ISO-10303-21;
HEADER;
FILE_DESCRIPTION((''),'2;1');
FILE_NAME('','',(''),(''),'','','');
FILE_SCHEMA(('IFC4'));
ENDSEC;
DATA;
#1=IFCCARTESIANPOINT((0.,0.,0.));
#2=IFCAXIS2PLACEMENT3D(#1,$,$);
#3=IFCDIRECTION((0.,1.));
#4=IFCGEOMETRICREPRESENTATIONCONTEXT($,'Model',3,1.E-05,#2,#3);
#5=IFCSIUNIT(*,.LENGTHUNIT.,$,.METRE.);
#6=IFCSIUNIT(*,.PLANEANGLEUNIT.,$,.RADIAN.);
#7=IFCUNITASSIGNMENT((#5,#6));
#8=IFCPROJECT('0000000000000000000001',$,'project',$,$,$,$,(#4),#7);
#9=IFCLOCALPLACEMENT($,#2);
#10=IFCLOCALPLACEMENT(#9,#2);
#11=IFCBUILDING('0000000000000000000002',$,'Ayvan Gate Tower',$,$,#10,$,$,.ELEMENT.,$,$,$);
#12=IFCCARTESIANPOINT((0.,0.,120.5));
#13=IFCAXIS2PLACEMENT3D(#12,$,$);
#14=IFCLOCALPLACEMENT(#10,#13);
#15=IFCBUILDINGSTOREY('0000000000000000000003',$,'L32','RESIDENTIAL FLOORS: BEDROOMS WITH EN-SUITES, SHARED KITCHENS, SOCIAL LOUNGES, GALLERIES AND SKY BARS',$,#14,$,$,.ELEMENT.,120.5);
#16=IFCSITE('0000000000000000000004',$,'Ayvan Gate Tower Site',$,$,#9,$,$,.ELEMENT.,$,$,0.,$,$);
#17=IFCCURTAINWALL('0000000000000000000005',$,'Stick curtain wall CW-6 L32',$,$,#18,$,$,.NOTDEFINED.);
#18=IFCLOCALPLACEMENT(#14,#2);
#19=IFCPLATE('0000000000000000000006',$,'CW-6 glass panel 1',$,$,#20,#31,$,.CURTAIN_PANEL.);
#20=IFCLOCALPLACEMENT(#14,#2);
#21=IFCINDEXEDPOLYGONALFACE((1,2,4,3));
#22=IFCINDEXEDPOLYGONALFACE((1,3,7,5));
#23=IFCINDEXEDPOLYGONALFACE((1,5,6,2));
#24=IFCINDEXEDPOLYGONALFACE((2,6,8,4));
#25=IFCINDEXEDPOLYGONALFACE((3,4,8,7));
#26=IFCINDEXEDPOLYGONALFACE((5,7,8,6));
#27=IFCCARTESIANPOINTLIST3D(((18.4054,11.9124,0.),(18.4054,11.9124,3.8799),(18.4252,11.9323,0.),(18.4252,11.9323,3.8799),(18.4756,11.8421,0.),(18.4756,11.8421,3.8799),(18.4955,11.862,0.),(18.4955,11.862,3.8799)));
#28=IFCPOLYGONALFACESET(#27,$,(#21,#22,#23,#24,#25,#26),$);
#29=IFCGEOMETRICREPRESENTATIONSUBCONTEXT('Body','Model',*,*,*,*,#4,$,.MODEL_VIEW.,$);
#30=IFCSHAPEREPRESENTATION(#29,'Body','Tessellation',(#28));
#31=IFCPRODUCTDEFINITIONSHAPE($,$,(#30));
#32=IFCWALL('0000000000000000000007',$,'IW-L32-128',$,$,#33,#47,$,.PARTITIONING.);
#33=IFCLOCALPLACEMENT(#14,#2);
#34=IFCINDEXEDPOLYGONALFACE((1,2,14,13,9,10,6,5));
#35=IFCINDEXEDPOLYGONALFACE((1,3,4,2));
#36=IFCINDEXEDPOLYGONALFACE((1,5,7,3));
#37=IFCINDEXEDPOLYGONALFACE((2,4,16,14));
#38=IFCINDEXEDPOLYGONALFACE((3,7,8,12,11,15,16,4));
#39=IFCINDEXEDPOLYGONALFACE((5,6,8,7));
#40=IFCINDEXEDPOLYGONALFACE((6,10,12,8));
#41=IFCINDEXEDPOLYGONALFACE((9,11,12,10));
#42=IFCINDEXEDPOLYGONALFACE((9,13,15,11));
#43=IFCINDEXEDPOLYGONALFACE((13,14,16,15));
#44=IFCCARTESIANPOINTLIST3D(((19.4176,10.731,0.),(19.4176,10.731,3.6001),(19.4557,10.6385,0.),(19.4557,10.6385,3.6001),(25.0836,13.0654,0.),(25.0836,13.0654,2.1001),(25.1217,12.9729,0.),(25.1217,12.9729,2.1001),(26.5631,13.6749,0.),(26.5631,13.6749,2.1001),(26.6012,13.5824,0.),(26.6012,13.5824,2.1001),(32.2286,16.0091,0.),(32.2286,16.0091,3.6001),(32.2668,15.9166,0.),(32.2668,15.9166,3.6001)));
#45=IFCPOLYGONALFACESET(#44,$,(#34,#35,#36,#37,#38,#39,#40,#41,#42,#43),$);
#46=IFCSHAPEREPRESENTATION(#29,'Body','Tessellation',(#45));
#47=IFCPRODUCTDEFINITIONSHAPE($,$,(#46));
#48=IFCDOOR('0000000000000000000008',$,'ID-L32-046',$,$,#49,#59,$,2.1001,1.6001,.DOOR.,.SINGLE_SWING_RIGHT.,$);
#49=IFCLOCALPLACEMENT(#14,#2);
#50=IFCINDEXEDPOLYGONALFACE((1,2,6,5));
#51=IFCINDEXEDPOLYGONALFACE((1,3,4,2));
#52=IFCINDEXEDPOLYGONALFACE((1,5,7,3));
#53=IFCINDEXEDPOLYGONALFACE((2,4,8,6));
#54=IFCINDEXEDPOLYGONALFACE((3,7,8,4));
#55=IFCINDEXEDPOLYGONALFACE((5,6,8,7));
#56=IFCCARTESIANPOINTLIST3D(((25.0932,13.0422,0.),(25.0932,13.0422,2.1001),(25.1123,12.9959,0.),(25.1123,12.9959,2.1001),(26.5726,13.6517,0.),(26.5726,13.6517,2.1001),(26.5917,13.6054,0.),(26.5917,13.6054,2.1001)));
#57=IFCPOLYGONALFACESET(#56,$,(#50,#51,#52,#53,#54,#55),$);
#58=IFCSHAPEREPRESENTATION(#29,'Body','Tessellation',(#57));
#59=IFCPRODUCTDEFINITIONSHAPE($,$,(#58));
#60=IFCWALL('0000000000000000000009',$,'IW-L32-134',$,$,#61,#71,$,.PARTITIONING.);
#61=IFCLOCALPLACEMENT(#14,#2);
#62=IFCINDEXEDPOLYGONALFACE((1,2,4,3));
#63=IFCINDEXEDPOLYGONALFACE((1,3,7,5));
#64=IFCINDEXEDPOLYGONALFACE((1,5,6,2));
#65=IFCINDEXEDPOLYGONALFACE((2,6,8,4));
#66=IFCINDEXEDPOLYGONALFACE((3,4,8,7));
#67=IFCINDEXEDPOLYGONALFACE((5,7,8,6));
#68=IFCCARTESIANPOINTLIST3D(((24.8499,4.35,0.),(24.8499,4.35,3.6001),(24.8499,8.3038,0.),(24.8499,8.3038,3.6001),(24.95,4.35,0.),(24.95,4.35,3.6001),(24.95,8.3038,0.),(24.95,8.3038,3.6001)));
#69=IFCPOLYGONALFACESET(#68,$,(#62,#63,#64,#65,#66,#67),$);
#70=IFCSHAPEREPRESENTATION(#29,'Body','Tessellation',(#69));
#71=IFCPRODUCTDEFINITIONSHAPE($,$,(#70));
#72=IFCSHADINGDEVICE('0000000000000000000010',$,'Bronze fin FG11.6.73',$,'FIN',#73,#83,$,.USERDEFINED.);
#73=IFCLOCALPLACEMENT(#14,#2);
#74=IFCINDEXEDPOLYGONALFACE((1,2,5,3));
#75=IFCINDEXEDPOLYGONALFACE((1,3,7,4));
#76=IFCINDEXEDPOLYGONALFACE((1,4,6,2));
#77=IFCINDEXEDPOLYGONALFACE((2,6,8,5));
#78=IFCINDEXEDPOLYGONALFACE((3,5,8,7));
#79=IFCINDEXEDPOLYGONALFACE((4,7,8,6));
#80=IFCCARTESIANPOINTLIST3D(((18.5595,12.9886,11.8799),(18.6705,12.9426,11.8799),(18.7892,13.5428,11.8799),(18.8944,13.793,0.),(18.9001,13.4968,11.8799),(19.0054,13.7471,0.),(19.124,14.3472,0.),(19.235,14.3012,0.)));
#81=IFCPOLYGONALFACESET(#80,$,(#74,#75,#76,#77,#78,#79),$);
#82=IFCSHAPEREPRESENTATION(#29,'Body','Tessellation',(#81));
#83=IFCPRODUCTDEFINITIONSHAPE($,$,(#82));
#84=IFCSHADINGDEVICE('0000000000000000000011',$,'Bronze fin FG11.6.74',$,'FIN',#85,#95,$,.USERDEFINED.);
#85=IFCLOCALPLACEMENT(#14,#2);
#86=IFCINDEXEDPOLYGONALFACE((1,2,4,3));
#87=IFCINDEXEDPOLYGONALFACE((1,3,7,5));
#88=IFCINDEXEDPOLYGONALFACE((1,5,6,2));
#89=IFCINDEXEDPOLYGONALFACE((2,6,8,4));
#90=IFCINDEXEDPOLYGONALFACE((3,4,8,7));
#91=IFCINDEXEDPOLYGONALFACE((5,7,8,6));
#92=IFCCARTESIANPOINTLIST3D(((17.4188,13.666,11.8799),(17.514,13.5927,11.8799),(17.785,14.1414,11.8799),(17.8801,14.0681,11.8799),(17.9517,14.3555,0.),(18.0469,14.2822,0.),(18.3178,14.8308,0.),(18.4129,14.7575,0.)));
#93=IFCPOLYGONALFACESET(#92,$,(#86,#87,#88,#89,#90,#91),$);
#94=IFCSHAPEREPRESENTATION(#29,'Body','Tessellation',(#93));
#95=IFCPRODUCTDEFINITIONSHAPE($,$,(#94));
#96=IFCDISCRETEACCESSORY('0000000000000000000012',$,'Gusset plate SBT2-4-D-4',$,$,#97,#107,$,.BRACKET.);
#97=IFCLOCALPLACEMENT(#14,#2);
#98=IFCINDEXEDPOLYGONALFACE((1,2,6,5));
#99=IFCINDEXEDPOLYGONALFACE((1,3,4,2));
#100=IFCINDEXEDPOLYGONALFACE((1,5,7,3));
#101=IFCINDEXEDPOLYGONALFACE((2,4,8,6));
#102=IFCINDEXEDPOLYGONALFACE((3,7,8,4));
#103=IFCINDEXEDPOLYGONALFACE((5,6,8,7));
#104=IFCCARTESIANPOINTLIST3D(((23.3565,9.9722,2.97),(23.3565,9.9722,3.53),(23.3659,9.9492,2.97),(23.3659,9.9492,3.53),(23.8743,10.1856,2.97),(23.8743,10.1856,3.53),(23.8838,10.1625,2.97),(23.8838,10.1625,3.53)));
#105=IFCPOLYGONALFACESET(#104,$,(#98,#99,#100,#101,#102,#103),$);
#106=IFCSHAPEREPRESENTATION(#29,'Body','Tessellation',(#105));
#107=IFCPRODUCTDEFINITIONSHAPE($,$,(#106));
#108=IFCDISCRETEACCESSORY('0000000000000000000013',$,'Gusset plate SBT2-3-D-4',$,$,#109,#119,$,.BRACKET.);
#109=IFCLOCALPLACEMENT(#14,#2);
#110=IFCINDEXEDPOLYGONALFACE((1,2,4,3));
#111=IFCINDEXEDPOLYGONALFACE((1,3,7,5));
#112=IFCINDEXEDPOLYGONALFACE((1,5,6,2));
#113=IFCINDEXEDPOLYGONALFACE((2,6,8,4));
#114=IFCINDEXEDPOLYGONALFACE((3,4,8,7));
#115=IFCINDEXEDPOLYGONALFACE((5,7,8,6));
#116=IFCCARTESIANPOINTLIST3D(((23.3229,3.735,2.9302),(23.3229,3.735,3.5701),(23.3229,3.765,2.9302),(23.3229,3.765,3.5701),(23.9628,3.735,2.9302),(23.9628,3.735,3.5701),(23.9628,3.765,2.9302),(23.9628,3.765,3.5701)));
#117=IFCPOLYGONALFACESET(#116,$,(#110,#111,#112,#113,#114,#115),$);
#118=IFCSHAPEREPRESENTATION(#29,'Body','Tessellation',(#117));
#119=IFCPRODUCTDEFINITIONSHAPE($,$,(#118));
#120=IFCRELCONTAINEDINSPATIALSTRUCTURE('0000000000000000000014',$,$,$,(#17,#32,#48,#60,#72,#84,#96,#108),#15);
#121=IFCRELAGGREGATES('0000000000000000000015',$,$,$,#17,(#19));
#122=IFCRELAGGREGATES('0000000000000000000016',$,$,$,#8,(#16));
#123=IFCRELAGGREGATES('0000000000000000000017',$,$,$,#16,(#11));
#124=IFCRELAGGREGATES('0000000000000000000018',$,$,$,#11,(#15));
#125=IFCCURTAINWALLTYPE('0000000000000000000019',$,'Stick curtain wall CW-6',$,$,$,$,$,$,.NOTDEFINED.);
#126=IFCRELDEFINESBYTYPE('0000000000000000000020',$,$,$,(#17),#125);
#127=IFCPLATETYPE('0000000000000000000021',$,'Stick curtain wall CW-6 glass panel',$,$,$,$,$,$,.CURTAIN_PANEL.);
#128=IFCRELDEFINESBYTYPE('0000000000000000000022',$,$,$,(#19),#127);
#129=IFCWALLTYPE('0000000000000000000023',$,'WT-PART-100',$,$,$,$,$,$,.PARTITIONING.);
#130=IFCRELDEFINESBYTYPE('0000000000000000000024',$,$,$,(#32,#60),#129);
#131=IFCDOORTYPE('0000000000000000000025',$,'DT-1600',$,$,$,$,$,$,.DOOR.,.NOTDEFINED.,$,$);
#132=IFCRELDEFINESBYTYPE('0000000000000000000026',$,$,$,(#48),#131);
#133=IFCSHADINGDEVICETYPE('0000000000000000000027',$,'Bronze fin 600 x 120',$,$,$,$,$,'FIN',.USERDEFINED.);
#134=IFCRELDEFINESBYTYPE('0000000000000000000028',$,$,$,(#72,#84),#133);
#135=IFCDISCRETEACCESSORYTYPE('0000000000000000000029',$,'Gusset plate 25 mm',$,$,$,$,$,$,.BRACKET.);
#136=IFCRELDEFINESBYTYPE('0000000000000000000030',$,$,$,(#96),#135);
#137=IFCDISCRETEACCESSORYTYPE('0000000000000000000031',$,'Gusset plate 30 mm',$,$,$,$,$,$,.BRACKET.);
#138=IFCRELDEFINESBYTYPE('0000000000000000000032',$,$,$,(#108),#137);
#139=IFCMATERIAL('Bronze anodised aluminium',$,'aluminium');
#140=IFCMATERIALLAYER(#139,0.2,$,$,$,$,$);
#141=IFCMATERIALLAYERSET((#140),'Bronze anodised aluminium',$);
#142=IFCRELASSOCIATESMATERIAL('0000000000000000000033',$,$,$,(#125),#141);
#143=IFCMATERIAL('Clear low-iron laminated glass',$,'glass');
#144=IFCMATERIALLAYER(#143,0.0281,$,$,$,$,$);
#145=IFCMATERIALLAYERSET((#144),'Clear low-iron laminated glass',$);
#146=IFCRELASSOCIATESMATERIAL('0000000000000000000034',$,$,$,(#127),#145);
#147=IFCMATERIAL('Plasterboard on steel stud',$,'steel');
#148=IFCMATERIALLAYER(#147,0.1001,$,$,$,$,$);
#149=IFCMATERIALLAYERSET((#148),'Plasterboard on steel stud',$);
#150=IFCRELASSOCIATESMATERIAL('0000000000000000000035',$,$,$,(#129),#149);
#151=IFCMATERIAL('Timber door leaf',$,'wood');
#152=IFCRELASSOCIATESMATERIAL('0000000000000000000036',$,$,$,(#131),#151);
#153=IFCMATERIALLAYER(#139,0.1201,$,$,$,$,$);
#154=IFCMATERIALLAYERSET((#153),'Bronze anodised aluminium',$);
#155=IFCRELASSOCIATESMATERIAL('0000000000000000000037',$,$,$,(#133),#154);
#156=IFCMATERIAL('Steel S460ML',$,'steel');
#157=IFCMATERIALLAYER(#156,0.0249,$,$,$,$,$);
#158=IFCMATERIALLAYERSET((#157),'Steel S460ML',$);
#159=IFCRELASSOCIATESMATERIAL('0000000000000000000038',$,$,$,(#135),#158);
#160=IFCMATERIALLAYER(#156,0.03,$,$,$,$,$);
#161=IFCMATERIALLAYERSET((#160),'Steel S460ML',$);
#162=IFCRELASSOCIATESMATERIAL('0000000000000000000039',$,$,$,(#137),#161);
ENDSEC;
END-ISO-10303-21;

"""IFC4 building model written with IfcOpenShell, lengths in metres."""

from ifc_helpers import new_model, si_unit, direction, frame, frame_2d, origin, origin_2d, place, context, subcontext, project, spatial, polyline, rectangle, outline, extrude, material, layer, layer_set, type_object, element, fill, aggregate, save


model = new_model("IFC4")

# Units and contexts
model_context = context("Model", 3, precision=1e-05, world=origin(), true_north=direction((0.0, 1.0)))
body_context = subcontext(model_context, "Body", "Model", "MODEL_VIEW")
ifc_project = project(units=[si_unit("LENGTHUNIT", "METRE"), si_unit("PLANEANGLEUNIT", "RADIAN")], contexts=[model_context])

# Site, building, storey
site_placement = place(None, origin())
site = spatial("IfcSite", under=ifc_project, at=site_placement, Name="Ayvan Gate Tower Site", CompositionType="ELEMENT", RefElevation=0.0)
building_placement = place(site_placement, origin())
building = spatial("IfcBuilding", under=site, at=building_placement, Name="Ayvan Gate Tower", CompositionType="ELEMENT")
storey_placement = place(building_placement, frame((0.0, 0.0, 120.5)))
storey = spatial("IfcBuildingStorey", under=building, at=storey_placement, Name="L32", Description="RESIDENTIAL FLOORS: BEDROOMS WITH EN-SUITES, SHARED KITCHENS, SOCIAL LOUNGES, GALLERIES AND SKY BARS", CompositionType="ELEMENT", Elevation=120.5)

# Shared definitions
ifc_material_1 = material(Name="Bronze anodised aluminium", Category="aluminium")

# Curtain wall
ifc_layer_1 = layer(ifc_material_1, 0.2)
ifc_layer_set_1 = layer_set([ifc_layer_1], Name="Bronze anodised aluminium")
curtain_wall_type_1 = type_object("IfcCurtainWallType", Name="Stick curtain wall CW-6", PredefinedType="NOTDEFINED", material=ifc_layer_set_1)
curtain_wall_1_placement = place(storey_placement, origin())
curtain_wall_1 = element("IfcCurtainWall", 1, at=curtain_wall_1_placement, inside=storey, type_object=curtain_wall_type_1, Name="Stick curtain wall CW-6 L32", PredefinedType="NOTDEFINED")

# Plate
ifc_material_2 = material(Name="Clear low-iron laminated glass", Category="glass")
ifc_layer_2 = layer(ifc_material_2, 0.0281)
ifc_layer_set_2 = layer_set([ifc_layer_2], Name="Clear low-iron laminated glass")
plate_type_1 = type_object("IfcPlateType", Name="Stick curtain wall CW-6 glass panel", PredefinedType="CURTAIN_PANEL", material=ifc_layer_set_2)
plate_1_placement = place(storey_placement, frame((18.4504, 11.8872, 0.0), z_axis=(0.0, 0.0, 1.0), x_axis=(-0.707107, 0.707107, 0.0)))
plate_1 = element("IfcPlate", 2, at=plate_1_placement, type_object=plate_type_1, Name="CW-6 glass panel 1", PredefinedType="CURTAIN_PANEL", context=body_context, shape_type="SweptSolid", body=[
    extrude(rectangle(XDim=0.0994, YDim=0.0281, at=origin_2d()), origin(), (0.0, 0.0, 1.0), 3.8799),
])
aggregate(curtain_wall_1, [plate_1])

# Wall, opening, door
ifc_material_3 = material(Name="Plasterboard on steel stud", Category="steel")
ifc_layer_3 = layer(ifc_material_3, 0.1001)
ifc_layer_set_3 = layer_set([ifc_layer_3], Name="Plasterboard on steel stud")
wall_type = type_object("IfcWallType", Name="WT-PART-100", PredefinedType="PARTITIONING", material=ifc_layer_set_3)
wall_1_placement = place(storey_placement, frame((19.4368, 10.6848, 0.0), z_axis=(0.0, 0.0, 1.0), x_axis=(0.924603, 0.380931, 0.0)))
wall_1 = element("IfcWall", 3, at=wall_1_placement, inside=storey, type_object=wall_type, Name="IW-L32-128", PredefinedType="PARTITIONING", context=body_context, shape_type="SweptSolid", body=[
    extrude(rectangle(XDim=13.8557, YDim=0.1001, at=frame_2d((6.9277, 0.0))), origin(), (0.0, 0.0, 1.0), 3.6001),
])
opening_placement = place(wall_1_placement, frame((6.1279, 0.0, 0.0)))
opening = element("IfcOpeningElement", 4, at=opening_placement, cuts=wall_1, PredefinedType="OPENING", context=body_context, shape_type="SweptSolid", body=[
    extrude(rectangle(XDim=1.6001, YDim=2.1001, at=frame_2d((0.8, 1.05))), frame((0.0, 0.0601, 0.0), z_axis=(0.0, -1.0, 0.0), x_axis=(1.0, 0.0, 0.0)), (0.0, 0.0, 1.0), 0.1201),
])
ifc_material_4 = material(Name="Timber door leaf", Category="wood")
door_type = type_object("IfcDoorType", Name="DT-1600", OperationType="NOTDEFINED", PredefinedType="DOOR", material=ifc_material_4)
door_placement = place(opening_placement, origin())
door = element("IfcDoor", 5, at=door_placement, inside=storey, type_object=door_type, Name="ID-L32-046", OperationType="SINGLE_SWING_RIGHT", OverallHeight=2.1001, OverallWidth=1.6001, PredefinedType="DOOR", context=body_context, shape_type="SweptSolid", body=[
    extrude(rectangle(XDim=1.6001, YDim=2.1001, at=frame_2d((0.8, 1.05))), frame((0.0, 0.0249, 0.0), z_axis=(0.0, -1.0, 0.0), x_axis=(1.0, 0.0, 0.0)), (0.0, 0.0, 1.0), 0.05),
])
fill(opening, door)

# Wall
wall_2_placement = place(storey_placement, frame((24.8999, 8.304, 0.0), z_axis=(0.0, 0.0, 1.0), x_axis=(0.0, -1.0, 0.0)))
element("IfcWall", 6, at=wall_2_placement, inside=storey, type_object=wall_type, Name="IW-L32-134", PredefinedType="PARTITIONING", context=body_context, shape_type="SweptSolid", body=[
    extrude(rectangle(XDim=3.9539, YDim=0.1001, at=frame_2d((1.9771, 0.0))), origin(), (0.0, 0.0, 1.0), 3.6001),
])

# Shading devices
ifc_layer_4 = layer(ifc_material_1, 0.1201)
ifc_layer_set_4 = layer_set([ifc_layer_4], Name="Bronze anodised aluminium")
shading_device_type = type_object("IfcShadingDeviceType", Name="Bronze fin 600 x 120", ElementType="FIN", PredefinedType="USERDEFINED", material=ifc_layer_set_4)
shading_device_1_placement = place(storey_placement, frame((19.0054, 13.7471, 0.0), z_axis=(0.923846, -0.382765, 0.00012), x_axis=(0.382765, 0.923846, 0.0)))
element("IfcShadingDevice", 7, at=shading_device_1_placement, inside=storey, type_object=shading_device_type, Name="Bronze fin FG11.6.73", ObjectType="FIN", PredefinedType="USERDEFINED", context=body_context, shape_type="SweptSolid", body=[
    extrude(outline(polyline([(0.0, 0.0), (0.5998, 0.0), (-0.2715, 11.8799), (-0.8714, 11.8799), (0.0, 0.0)])), origin(), (0.0, 0.0, -1.0), 0.1201),
])
shading_device_2_placement = place(storey_placement, frame((18.0469, 14.2822, 0.0), z_axis=(0.792268, -0.610173, 0.000123), x_axis=(0.610173, 0.792268, 0.0)))
element("IfcShadingDevice", 8, at=shading_device_2_placement, inside=storey, type_object=shading_device_type, Name="Bronze fin FG11.6.74", ObjectType="FIN", PredefinedType="USERDEFINED", context=body_context, shape_type="SweptSolid", body=[
    extrude(outline(polyline([(0.0, 0.0), (0.5999, 0.0), (-0.2714, 11.8799), (-0.8714, 11.8799), (0.0, 0.0)])), origin(), (0.0, 0.0, -1.0), 0.1201),
])

# Discrete accessories
ifc_material_5 = material(Name="Steel S460ML", Category="steel")
ifc_layer_5 = layer(ifc_material_5, 0.0249)
ifc_layer_set_5 = layer_set([ifc_layer_5], Name="Steel S460ML")
discrete_accessory_type_1 = type_object("IfcDiscreteAccessoryType", Name="Gusset plate 25 mm", PredefinedType="BRACKET", material=ifc_layer_set_5)
discrete_accessory_1_placement = place(storey_placement, frame((23.6201, 10.0674, 2.97), z_axis=(0.0, 0.0, 1.0), x_axis=(0.924602, 0.380935, 0.0)))
element("IfcDiscreteAccessory", 9, at=discrete_accessory_1_placement, inside=storey, type_object=discrete_accessory_type_1, Name="Gusset plate SBT2-4-D-4", PredefinedType="BRACKET", context=body_context, shape_type="SweptSolid", body=[
    extrude(rectangle(XDim=0.5601, YDim=0.0249, at=origin_2d()), origin(), (0.0, 0.0, 1.0), 0.5601),
])
ifc_layer_6 = layer(ifc_material_5, 0.03)
ifc_layer_set_6 = layer_set([ifc_layer_6], Name="Steel S460ML")
discrete_accessory_type_2 = type_object("IfcDiscreteAccessoryType", Name="Gusset plate 30 mm", PredefinedType="BRACKET", material=ifc_layer_set_6)
discrete_accessory_2_placement = place(storey_placement, frame((23.6428, 3.75, 2.9302), z_axis=(0.0, 0.0, 1.0), x_axis=(1.0, 0.0, 0.0)))
element("IfcDiscreteAccessory", 10, at=discrete_accessory_2_placement, inside=storey, type_object=discrete_accessory_type_2, Name="Gusset plate SBT2-3-D-4", PredefinedType="BRACKET", context=body_context, shape_type="SweptSolid", body=[
    extrude(rectangle(XDim=0.6399, YDim=0.03, at=origin_2d()), origin(), (0.0, 0.0, 1.0), 0.6399),
])

save(model, "model.ifc")
